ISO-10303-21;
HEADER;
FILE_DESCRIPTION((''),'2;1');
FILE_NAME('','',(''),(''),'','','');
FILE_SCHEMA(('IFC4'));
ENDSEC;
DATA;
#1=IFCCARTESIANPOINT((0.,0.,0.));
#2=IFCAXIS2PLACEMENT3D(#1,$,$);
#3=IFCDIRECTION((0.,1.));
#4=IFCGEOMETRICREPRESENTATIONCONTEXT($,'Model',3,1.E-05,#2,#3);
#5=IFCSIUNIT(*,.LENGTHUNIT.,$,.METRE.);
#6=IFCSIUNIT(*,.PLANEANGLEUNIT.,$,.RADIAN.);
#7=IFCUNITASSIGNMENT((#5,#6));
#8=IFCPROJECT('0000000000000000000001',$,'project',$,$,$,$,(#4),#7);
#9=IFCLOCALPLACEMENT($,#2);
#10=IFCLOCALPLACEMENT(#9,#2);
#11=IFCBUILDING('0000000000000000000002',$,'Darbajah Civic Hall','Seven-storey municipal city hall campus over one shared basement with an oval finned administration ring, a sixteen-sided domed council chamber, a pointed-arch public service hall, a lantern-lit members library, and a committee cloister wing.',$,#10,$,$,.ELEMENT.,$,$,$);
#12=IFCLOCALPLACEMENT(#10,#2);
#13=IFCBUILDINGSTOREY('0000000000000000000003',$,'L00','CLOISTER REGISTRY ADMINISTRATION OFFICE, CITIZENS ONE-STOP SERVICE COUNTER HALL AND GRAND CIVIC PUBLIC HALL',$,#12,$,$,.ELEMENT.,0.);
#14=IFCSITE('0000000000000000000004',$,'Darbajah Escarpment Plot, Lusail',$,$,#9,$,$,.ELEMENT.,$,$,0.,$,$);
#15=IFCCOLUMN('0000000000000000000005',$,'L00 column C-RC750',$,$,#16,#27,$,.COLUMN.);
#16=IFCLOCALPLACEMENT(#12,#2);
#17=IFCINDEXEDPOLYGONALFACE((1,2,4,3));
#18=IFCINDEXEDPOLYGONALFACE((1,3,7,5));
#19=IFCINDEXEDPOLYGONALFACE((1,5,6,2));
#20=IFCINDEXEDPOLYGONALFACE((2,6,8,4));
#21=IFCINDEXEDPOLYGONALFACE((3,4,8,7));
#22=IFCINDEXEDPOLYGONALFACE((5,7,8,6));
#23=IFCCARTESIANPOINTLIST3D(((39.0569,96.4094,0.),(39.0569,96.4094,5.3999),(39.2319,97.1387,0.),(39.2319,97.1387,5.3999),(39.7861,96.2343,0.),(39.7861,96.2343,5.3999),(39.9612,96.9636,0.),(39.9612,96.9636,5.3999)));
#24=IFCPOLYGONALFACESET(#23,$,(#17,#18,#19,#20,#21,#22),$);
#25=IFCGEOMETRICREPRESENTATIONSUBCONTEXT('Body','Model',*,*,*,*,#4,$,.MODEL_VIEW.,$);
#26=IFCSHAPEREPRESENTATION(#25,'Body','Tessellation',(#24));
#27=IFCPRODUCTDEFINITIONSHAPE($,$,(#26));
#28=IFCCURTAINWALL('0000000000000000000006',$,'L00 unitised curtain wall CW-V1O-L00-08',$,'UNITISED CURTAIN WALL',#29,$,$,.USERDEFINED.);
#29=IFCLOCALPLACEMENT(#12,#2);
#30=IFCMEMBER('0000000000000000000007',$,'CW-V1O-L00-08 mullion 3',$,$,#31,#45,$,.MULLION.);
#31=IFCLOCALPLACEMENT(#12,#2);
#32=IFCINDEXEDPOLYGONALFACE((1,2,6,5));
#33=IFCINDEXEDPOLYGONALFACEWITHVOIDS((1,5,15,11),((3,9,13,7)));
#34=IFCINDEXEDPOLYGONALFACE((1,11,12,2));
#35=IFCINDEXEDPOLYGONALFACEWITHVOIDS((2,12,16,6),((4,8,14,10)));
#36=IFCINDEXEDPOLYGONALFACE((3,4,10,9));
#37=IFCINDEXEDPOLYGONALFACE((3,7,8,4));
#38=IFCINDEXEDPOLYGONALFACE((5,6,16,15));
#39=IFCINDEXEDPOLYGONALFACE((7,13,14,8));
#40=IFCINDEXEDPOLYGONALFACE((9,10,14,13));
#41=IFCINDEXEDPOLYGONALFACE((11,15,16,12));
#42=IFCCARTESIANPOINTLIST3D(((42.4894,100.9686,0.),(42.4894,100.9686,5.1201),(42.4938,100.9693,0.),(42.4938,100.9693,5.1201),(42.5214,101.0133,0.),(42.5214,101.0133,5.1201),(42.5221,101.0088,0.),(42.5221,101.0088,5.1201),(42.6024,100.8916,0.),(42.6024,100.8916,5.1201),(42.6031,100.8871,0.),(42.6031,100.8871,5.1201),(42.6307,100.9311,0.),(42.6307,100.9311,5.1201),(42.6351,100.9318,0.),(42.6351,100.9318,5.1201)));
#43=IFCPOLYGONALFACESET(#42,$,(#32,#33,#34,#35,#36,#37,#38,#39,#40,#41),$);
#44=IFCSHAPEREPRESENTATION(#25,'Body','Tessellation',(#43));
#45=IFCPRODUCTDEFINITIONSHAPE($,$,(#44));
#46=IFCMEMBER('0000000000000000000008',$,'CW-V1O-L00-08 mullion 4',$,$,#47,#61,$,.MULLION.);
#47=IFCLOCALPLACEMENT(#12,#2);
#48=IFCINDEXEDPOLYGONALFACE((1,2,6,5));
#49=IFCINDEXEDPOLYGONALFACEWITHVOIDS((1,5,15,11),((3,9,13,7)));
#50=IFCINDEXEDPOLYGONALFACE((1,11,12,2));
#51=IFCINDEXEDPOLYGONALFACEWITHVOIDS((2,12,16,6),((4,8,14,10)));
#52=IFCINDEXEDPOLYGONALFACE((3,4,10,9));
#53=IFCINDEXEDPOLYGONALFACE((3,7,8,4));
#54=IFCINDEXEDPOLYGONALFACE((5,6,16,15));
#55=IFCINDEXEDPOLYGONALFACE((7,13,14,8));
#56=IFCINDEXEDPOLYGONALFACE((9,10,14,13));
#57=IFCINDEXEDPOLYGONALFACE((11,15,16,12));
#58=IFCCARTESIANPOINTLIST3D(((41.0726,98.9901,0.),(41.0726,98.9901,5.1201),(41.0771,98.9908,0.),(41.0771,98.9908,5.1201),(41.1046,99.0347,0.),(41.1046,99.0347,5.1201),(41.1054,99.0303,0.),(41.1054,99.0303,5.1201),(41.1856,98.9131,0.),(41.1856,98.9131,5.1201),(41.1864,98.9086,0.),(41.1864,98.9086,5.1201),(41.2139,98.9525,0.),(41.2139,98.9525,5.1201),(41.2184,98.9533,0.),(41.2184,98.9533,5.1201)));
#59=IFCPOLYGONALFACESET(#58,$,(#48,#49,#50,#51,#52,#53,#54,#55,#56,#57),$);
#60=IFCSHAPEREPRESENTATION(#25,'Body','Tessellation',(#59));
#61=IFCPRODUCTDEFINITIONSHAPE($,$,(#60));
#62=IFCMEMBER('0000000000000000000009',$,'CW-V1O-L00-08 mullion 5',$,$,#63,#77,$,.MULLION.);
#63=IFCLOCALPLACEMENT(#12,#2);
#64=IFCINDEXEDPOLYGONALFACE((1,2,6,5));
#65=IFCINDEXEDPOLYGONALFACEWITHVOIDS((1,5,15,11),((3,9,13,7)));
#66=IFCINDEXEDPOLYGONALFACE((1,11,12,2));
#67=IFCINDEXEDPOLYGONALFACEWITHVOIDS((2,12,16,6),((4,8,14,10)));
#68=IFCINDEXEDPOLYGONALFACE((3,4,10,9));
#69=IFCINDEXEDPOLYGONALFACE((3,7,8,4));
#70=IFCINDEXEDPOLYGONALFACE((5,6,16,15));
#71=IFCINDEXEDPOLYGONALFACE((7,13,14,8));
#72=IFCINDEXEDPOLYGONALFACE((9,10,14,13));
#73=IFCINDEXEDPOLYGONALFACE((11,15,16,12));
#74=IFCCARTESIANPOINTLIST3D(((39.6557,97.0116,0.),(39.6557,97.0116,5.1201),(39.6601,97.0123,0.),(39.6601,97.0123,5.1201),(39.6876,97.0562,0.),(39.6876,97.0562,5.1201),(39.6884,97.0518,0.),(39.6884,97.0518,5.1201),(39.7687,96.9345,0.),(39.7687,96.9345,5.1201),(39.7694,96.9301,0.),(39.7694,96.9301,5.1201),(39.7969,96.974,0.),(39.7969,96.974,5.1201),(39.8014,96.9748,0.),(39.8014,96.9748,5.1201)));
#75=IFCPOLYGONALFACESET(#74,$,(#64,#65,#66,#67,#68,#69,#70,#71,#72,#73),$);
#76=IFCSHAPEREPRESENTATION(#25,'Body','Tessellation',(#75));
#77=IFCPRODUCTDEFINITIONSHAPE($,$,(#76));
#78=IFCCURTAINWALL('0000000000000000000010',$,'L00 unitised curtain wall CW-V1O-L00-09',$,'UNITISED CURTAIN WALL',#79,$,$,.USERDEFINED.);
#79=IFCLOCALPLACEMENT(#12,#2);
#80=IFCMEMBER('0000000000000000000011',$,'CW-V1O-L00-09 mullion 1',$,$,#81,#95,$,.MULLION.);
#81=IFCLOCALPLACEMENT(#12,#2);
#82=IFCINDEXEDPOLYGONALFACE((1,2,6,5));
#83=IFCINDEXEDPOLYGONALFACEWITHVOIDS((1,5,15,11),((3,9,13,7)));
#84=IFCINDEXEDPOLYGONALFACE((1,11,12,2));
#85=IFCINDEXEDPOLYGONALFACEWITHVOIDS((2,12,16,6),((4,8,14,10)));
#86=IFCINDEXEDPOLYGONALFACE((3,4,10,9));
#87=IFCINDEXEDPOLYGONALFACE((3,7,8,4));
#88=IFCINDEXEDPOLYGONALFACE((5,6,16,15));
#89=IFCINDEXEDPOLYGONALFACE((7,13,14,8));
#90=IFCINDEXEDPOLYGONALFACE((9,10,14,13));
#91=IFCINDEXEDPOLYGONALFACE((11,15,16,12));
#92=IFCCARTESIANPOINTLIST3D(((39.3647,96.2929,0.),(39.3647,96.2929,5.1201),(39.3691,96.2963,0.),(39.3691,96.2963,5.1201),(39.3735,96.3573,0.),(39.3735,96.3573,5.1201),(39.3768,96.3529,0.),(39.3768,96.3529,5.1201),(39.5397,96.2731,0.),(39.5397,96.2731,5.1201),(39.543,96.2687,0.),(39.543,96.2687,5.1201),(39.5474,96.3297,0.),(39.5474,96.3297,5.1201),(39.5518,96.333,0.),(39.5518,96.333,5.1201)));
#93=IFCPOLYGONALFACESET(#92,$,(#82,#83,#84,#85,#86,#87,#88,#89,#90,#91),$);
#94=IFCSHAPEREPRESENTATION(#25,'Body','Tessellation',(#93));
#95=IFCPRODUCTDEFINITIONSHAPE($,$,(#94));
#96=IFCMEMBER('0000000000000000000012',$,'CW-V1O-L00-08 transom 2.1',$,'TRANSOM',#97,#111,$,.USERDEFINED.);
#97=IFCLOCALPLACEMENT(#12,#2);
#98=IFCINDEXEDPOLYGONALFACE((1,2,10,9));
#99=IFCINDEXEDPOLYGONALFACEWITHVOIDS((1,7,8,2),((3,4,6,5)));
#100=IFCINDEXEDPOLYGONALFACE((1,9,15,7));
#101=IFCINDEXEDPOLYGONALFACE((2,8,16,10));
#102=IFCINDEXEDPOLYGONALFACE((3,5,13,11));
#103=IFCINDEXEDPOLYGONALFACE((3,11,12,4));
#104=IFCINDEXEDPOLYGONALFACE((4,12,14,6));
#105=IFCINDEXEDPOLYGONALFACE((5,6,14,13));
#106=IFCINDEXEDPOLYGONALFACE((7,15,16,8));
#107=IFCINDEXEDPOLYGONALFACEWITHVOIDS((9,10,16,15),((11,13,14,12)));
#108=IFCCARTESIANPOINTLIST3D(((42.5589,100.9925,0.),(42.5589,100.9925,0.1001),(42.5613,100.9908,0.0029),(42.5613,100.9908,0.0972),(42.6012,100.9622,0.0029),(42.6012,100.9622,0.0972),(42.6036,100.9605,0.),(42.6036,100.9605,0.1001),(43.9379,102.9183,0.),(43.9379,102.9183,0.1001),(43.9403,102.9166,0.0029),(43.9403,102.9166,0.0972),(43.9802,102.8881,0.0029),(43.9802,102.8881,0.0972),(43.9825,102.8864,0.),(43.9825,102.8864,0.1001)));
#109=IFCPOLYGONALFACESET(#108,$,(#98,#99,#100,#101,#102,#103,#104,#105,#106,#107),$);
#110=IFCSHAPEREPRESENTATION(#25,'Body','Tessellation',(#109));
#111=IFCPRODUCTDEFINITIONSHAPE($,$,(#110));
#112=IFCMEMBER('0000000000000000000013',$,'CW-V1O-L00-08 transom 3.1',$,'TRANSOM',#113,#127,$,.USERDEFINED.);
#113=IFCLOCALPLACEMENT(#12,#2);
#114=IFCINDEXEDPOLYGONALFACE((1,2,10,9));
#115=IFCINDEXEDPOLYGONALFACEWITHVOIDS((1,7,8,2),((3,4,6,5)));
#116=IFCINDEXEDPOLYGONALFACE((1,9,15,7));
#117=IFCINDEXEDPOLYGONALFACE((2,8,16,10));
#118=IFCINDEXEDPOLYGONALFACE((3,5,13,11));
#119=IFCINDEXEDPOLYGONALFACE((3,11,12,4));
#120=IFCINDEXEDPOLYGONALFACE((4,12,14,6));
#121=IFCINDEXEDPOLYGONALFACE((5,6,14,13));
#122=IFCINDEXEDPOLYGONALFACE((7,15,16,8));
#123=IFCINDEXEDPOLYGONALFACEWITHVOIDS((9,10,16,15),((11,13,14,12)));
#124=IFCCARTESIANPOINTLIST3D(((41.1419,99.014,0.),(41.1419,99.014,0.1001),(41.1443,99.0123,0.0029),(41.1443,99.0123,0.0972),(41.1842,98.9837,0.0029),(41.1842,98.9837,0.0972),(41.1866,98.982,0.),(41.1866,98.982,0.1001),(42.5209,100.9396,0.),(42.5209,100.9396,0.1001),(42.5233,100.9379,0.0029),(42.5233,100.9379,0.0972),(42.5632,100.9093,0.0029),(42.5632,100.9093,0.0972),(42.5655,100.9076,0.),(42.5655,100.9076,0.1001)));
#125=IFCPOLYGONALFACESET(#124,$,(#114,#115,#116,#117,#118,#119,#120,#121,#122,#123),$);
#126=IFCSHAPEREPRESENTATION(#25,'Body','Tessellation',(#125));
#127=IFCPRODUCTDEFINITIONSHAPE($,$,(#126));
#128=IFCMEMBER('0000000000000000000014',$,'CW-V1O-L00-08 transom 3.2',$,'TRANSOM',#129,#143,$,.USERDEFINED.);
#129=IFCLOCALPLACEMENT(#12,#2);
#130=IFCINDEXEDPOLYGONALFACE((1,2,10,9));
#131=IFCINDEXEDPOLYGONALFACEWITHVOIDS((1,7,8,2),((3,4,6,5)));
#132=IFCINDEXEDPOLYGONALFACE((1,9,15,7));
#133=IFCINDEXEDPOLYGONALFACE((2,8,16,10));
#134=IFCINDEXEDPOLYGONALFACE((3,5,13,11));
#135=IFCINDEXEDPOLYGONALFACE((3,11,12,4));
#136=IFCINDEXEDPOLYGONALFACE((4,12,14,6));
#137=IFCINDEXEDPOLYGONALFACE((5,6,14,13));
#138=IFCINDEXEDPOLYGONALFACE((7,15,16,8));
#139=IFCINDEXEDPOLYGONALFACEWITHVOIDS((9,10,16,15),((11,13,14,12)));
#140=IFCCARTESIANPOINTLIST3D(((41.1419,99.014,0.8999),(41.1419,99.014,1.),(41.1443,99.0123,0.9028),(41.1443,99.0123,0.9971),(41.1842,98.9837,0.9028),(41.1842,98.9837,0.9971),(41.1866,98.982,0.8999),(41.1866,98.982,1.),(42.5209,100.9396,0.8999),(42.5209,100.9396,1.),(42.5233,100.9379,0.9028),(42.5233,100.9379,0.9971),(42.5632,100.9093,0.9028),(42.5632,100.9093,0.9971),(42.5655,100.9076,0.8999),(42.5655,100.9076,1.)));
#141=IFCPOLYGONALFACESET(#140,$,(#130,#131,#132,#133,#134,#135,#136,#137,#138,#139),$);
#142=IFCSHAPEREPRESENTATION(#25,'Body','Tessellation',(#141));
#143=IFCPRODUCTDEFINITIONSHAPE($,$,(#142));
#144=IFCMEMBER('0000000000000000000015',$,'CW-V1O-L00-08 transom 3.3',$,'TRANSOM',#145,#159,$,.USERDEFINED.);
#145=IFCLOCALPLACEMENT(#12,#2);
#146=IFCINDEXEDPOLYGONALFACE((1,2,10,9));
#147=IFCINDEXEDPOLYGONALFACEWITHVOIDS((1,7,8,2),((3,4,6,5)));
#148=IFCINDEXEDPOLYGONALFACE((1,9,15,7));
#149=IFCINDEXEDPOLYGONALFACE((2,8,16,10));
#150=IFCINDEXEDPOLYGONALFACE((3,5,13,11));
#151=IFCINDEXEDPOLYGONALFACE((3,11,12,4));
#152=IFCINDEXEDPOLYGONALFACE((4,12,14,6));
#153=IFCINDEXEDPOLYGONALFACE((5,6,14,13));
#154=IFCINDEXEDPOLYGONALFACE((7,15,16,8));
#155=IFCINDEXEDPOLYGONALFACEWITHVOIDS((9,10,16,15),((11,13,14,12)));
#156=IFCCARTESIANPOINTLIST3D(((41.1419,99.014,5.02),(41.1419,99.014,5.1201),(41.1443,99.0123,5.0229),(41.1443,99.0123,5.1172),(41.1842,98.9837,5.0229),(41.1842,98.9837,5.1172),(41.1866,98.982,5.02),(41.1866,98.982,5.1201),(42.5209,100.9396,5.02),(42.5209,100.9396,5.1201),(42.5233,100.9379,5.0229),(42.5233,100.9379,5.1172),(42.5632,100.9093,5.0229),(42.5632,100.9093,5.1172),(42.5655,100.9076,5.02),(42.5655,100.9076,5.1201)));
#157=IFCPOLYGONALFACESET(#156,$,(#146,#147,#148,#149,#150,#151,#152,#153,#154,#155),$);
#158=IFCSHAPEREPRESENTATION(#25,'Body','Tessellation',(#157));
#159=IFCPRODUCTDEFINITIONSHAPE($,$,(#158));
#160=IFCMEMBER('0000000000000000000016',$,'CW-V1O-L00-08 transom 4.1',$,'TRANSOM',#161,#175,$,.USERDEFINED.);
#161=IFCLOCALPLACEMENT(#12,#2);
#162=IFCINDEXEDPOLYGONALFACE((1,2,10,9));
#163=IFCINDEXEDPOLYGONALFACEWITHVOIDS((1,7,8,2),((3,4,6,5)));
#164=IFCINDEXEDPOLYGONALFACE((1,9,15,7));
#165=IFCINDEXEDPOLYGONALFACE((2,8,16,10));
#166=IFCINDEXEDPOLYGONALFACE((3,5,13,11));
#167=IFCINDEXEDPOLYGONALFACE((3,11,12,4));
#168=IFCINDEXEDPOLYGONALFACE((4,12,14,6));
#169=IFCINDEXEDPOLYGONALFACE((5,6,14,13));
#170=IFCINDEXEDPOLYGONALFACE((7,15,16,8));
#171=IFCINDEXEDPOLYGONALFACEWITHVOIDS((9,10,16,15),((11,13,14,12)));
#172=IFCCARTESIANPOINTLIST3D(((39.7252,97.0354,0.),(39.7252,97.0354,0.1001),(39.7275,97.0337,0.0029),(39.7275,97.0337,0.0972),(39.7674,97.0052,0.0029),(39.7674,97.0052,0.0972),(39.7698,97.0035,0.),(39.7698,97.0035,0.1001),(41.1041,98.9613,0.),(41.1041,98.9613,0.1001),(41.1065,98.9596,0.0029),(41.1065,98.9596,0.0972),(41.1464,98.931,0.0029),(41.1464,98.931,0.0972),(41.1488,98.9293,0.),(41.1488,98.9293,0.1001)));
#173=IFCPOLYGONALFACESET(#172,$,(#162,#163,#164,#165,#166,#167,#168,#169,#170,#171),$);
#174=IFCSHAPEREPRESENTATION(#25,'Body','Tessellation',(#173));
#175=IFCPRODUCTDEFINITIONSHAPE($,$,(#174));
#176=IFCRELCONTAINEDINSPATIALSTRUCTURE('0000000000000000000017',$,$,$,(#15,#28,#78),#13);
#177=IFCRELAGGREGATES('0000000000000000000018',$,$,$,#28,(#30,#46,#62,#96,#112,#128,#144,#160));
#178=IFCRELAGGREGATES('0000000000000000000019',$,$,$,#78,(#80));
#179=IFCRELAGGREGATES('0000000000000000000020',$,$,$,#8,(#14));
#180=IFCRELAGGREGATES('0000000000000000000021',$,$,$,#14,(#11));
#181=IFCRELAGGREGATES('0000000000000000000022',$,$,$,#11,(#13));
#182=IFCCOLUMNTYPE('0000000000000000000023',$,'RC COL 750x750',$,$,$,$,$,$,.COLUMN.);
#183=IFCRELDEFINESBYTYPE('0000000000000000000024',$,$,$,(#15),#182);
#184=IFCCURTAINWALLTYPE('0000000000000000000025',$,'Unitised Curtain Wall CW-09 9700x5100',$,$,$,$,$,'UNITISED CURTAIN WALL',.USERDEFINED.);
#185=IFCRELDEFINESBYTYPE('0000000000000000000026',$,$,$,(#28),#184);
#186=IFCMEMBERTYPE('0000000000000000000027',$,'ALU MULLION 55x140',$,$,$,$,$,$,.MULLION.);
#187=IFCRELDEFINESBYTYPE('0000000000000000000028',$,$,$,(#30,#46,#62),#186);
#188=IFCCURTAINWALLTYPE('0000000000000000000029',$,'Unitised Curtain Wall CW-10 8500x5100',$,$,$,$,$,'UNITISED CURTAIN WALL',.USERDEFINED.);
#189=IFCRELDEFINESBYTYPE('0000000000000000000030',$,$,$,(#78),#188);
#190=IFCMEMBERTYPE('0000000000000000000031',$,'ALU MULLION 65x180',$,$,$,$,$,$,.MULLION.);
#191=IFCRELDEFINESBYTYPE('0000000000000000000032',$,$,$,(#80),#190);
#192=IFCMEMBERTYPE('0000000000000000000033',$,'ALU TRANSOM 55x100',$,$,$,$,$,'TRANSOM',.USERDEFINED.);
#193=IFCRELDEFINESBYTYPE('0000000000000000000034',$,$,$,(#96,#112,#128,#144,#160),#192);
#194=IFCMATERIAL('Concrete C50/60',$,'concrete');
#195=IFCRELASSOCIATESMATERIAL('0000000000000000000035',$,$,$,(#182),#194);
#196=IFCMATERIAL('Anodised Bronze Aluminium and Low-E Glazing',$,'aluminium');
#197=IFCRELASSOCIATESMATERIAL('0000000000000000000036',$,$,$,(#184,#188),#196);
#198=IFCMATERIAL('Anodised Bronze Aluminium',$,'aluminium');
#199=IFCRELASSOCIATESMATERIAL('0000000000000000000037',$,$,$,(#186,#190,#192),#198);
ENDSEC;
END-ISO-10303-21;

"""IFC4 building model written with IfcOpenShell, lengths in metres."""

from ifc_helpers import new_model, si_unit, direction, frame, origin, origin_2d, place, context, subcontext, project, spatial, rectangle, hollow_rectangle, extrude, material, material_profile, profile_set, type_object, element, aggregate, save


model = new_model("IFC4")

# Units and contexts
model_context = context("Model", 3, precision=1e-05, world=origin(), true_north=direction((0.0, 1.0)))
body_context = subcontext(model_context, "Body", "Model", "MODEL_VIEW")
ifc_project = project(units=[si_unit("LENGTHUNIT", "METRE"), si_unit("PLANEANGLEUNIT", "RADIAN")], contexts=[model_context])

# Site, building, storey
site_placement = place(None, origin())
site = spatial("IfcSite", under=ifc_project, at=site_placement, Name="Darbajah Escarpment Plot, Lusail", CompositionType="ELEMENT", RefElevation=0.0)
building_placement = place(site_placement, origin())
building = spatial("IfcBuilding", under=site, at=building_placement, Name="Darbajah Civic Hall", Description="Seven-storey municipal city hall campus over one shared basement with an oval finned administration ring, a sixteen-sided domed council chamber, a pointed-arch public service hall, a lantern-lit members library, and a committee cloister wing.", CompositionType="ELEMENT")
storey_placement = place(building_placement, origin())
storey = spatial("IfcBuildingStorey", under=building, at=storey_placement, Name="L00", Description="CLOISTER REGISTRY ADMINISTRATION OFFICE, CITIZENS ONE-STOP SERVICE COUNTER HALL AND GRAND CIVIC PUBLIC HALL", CompositionType="ELEMENT", Elevation=0.0)

# Column
ifc_material_1 = material(Name="Concrete C50/60", Category="concrete")
ifc_material_profile_1 = material_profile(ifc_material_1, rectangle(XDim=0.75, YDim=0.75, at=origin_2d()), Name="RC COL 750x750")
ifc_profile_set_1 = profile_set([ifc_material_profile_1], Name="Concrete C50/60")
column_type = type_object("IfcColumnType", Name="RC COL 750x750", PredefinedType="COLUMN", material=ifc_profile_set_1)
column_placement = place(storey_placement, frame((39.509, 96.6865, 0.0), z_axis=(0.0, 0.0, 1.0), x_axis=(-0.97237, 0.233445, 0.0)))
element("IfcColumn", 1, at=column_placement, inside=storey, type_object=column_type, Name="L00 column C-RC750", PredefinedType="COLUMN", context=body_context, shape_type="SweptSolid", body=[
    extrude(rectangle(XDim=0.75, YDim=0.75, at=origin_2d()), origin(), (0.0, 0.0, 1.0), 5.3999),
])

# Curtain wall, members
ifc_material_2 = material(Name="Anodised Bronze Aluminium and Low-E Glazing", Category="aluminium")
curtain_wall_type_1 = type_object("IfcCurtainWallType", Name="Unitised Curtain Wall CW-09 9700x5100", ElementType="UNITISED CURTAIN WALL", PredefinedType="USERDEFINED", material=ifc_material_2)
curtain_wall_1_placement = place(storey_placement, origin())
curtain_wall_1 = element("IfcCurtainWall", 2, at=curtain_wall_1_placement, inside=storey, type_object=curtain_wall_type_1, Name="L00 unitised curtain wall CW-V1O-L00-08", ObjectType="UNITISED CURTAIN WALL", PredefinedType="USERDEFINED")
ifc_material_3 = material(Name="Anodised Bronze Aluminium", Category="aluminium")
ifc_material_profile_2 = material_profile(ifc_material_3, hollow_rectangle(XDim=0.0549, YDim=0.1399, WallThickness=0.0032, at=origin_2d()), Name="ALU MULLION 55x140")
ifc_profile_set_2 = profile_set([ifc_material_profile_2], Name="Anodised Bronze Aluminium")
member_type_1 = type_object("IfcMemberType", Name="ALU MULLION 55x140", PredefinedType="MULLION", material=ifc_profile_set_2)
member_1_placement = place(storey_placement, frame((42.5623, 100.9502, 0.0), z_axis=(0.0, 0.0, 1.0), x_axis=(-0.582265, -0.812999, 0.0)))
member_1 = element("IfcMember", 3, at=member_1_placement, type_object=member_type_1, Name="CW-V1O-L00-08 mullion 3", PredefinedType="MULLION", context=body_context, shape_type="SweptSolid", body=[
    extrude(hollow_rectangle(XDim=0.0549, YDim=0.1399, WallThickness=0.0032, at=origin_2d()), origin(), (0.0, 0.0, 1.0), 5.1201),
])
member_2_placement = place(storey_placement, frame((41.1455, 98.9717, 0.0), z_axis=(0.0, 0.0, 1.0), x_axis=(-0.582265, -0.812999, 0.0)))
member_2 = element("IfcMember", 4, at=member_2_placement, type_object=member_type_1, Name="CW-V1O-L00-08 mullion 4", PredefinedType="MULLION", context=body_context, shape_type="SweptSolid", body=[
    extrude(hollow_rectangle(XDim=0.0549, YDim=0.1399, WallThickness=0.0032, at=origin_2d()), origin(), (0.0, 0.0, 1.0), 5.1201),
])
member_3_placement = place(storey_placement, frame((39.7285, 96.9932, 0.0), z_axis=(0.0, 0.0, 1.0), x_axis=(-0.582265, -0.812999, 0.0)))
member_3 = element("IfcMember", 5, at=member_3_placement, type_object=member_type_1, Name="CW-V1O-L00-08 mullion 5", PredefinedType="MULLION", context=body_context, shape_type="SweptSolid", body=[
    extrude(hollow_rectangle(XDim=0.0549, YDim=0.1399, WallThickness=0.0032, at=origin_2d()), origin(), (0.0, 0.0, 1.0), 5.1201),
])

# Curtain wall, member
curtain_wall_type_2 = type_object("IfcCurtainWallType", Name="Unitised Curtain Wall CW-10 8500x5100", ElementType="UNITISED CURTAIN WALL", PredefinedType="USERDEFINED", material=ifc_material_2)
curtain_wall_2_placement = place(storey_placement, origin())
curtain_wall_2 = element("IfcCurtainWall", 6, at=curtain_wall_2_placement, inside=storey, type_object=curtain_wall_type_2, Name="L00 unitised curtain wall CW-V1O-L00-09", ObjectType="UNITISED CURTAIN WALL", PredefinedType="USERDEFINED")
ifc_material_profile_3 = material_profile(ifc_material_3, hollow_rectangle(XDim=0.0649, YDim=0.1799, WallThickness=0.0039, at=origin_2d()), Name="ALU MULLION 65x180")
ifc_profile_set_3 = profile_set([ifc_material_profile_3], Name="Anodised Bronze Aluminium")
member_type_2 = type_object("IfcMemberType", Name="ALU MULLION 65x180", PredefinedType="MULLION", material=ifc_profile_set_3)
member_4_placement = place(storey_placement, frame((39.4583, 96.313, 0.0), z_axis=(0.0, 0.0, 1.0), x_axis=(-0.134851, -0.990866, 0.0)))
member_4 = element("IfcMember", 7, at=member_4_placement, type_object=member_type_2, Name="CW-V1O-L00-09 mullion 1", PredefinedType="MULLION", context=body_context, shape_type="SweptSolid", body=[
    extrude(hollow_rectangle(XDim=0.0649, YDim=0.1799, WallThickness=0.0039, at=origin_2d()), origin(), (0.0, 0.0, 1.0), 5.1201),
])

# Members
ifc_material_profile_4 = material_profile(ifc_material_3, hollow_rectangle(XDim=0.0549, YDim=0.1001, WallThickness=0.0029, at=origin_2d()), Name="ALU TRANSOM 55x100")
ifc_profile_set_4 = profile_set([ifc_material_profile_4], Name="Anodised Bronze Aluminium")
member_type_3 = type_object("IfcMemberType", Name="ALU TRANSOM 55x100", ElementType="TRANSOM", PredefinedType="USERDEFINED", material=ifc_profile_set_4)
member_5_placement = place(storey_placement, frame((43.9602, 102.9023, 0.05), z_axis=(-0.582174, -0.813064, 0.0), x_axis=(0.813064, -0.582174, 0.0)))
member_5 = element("IfcMember", 8, at=member_5_placement, type_object=member_type_3, Name="CW-V1O-L00-08 transom 2.1", ObjectType="TRANSOM", PredefinedType="USERDEFINED", context=body_context, shape_type="SweptSolid", body=[
    extrude(hollow_rectangle(XDim=0.0549, YDim=0.1001, WallThickness=0.0029, at=origin_2d()), origin(), (0.0, 0.0, 1.0), 2.3687),
])
member_6_placement = place(storey_placement, frame((42.5432, 100.9236, 0.05), z_axis=(-0.582223, -0.813029, 0.0), x_axis=(0.813029, -0.582223, 0.0)))
member_6 = element("IfcMember", 9, at=member_6_placement, type_object=member_type_3, Name="CW-V1O-L00-08 transom 3.1", ObjectType="TRANSOM", PredefinedType="USERDEFINED", context=body_context, shape_type="SweptSolid", body=[
    extrude(hollow_rectangle(XDim=0.0549, YDim=0.1001, WallThickness=0.0029, at=origin_2d()), origin(), (0.0, 0.0, 1.0), 2.3684),
])
member_7_placement = place(storey_placement, frame((42.5432, 100.9236, 0.95), z_axis=(-0.582223, -0.813029, 0.0), x_axis=(0.813029, -0.582223, 0.0)))
member_7 = element("IfcMember", 10, at=member_7_placement, type_object=member_type_3, Name="CW-V1O-L00-08 transom 3.2", ObjectType="TRANSOM", PredefinedType="USERDEFINED", context=body_context, shape_type="SweptSolid", body=[
    extrude(hollow_rectangle(XDim=0.0549, YDim=0.1001, WallThickness=0.0029, at=origin_2d()), origin(), (0.0, 0.0, 1.0), 2.3684),
])
member_8_placement = place(storey_placement, frame((42.5432, 100.9236, 5.0701), z_axis=(-0.582223, -0.813029, 0.0), x_axis=(0.813029, -0.582223, 0.0)))
member_8 = element("IfcMember", 11, at=member_8_placement, type_object=member_type_3, Name="CW-V1O-L00-08 transom 3.3", ObjectType="TRANSOM", PredefinedType="USERDEFINED", context=body_context, shape_type="SweptSolid", body=[
    extrude(hollow_rectangle(XDim=0.0549, YDim=0.1001, WallThickness=0.0029, at=origin_2d()), origin(), (0.0, 0.0, 1.0), 2.3684),
])
member_9_placement = place(storey_placement, frame((41.1265, 98.9453, 0.05), z_axis=(-0.582174, -0.813064, 0.0), x_axis=(0.813064, -0.582174, 0.0)))
member_9 = element("IfcMember", 12, at=member_9_placement, type_object=member_type_3, Name="CW-V1O-L00-08 transom 4.1", ObjectType="TRANSOM", PredefinedType="USERDEFINED", context=body_context, shape_type="SweptSolid", body=[
    extrude(hollow_rectangle(XDim=0.0549, YDim=0.1001, WallThickness=0.0029, at=origin_2d()), origin(), (0.0, 0.0, 1.0), 2.3687),
])

aggregate(curtain_wall_1, [member_1, member_2, member_3, member_5, member_6, member_7, member_8, member_9])
aggregate(curtain_wall_2, [member_4])

save(model, "model.ifc")
